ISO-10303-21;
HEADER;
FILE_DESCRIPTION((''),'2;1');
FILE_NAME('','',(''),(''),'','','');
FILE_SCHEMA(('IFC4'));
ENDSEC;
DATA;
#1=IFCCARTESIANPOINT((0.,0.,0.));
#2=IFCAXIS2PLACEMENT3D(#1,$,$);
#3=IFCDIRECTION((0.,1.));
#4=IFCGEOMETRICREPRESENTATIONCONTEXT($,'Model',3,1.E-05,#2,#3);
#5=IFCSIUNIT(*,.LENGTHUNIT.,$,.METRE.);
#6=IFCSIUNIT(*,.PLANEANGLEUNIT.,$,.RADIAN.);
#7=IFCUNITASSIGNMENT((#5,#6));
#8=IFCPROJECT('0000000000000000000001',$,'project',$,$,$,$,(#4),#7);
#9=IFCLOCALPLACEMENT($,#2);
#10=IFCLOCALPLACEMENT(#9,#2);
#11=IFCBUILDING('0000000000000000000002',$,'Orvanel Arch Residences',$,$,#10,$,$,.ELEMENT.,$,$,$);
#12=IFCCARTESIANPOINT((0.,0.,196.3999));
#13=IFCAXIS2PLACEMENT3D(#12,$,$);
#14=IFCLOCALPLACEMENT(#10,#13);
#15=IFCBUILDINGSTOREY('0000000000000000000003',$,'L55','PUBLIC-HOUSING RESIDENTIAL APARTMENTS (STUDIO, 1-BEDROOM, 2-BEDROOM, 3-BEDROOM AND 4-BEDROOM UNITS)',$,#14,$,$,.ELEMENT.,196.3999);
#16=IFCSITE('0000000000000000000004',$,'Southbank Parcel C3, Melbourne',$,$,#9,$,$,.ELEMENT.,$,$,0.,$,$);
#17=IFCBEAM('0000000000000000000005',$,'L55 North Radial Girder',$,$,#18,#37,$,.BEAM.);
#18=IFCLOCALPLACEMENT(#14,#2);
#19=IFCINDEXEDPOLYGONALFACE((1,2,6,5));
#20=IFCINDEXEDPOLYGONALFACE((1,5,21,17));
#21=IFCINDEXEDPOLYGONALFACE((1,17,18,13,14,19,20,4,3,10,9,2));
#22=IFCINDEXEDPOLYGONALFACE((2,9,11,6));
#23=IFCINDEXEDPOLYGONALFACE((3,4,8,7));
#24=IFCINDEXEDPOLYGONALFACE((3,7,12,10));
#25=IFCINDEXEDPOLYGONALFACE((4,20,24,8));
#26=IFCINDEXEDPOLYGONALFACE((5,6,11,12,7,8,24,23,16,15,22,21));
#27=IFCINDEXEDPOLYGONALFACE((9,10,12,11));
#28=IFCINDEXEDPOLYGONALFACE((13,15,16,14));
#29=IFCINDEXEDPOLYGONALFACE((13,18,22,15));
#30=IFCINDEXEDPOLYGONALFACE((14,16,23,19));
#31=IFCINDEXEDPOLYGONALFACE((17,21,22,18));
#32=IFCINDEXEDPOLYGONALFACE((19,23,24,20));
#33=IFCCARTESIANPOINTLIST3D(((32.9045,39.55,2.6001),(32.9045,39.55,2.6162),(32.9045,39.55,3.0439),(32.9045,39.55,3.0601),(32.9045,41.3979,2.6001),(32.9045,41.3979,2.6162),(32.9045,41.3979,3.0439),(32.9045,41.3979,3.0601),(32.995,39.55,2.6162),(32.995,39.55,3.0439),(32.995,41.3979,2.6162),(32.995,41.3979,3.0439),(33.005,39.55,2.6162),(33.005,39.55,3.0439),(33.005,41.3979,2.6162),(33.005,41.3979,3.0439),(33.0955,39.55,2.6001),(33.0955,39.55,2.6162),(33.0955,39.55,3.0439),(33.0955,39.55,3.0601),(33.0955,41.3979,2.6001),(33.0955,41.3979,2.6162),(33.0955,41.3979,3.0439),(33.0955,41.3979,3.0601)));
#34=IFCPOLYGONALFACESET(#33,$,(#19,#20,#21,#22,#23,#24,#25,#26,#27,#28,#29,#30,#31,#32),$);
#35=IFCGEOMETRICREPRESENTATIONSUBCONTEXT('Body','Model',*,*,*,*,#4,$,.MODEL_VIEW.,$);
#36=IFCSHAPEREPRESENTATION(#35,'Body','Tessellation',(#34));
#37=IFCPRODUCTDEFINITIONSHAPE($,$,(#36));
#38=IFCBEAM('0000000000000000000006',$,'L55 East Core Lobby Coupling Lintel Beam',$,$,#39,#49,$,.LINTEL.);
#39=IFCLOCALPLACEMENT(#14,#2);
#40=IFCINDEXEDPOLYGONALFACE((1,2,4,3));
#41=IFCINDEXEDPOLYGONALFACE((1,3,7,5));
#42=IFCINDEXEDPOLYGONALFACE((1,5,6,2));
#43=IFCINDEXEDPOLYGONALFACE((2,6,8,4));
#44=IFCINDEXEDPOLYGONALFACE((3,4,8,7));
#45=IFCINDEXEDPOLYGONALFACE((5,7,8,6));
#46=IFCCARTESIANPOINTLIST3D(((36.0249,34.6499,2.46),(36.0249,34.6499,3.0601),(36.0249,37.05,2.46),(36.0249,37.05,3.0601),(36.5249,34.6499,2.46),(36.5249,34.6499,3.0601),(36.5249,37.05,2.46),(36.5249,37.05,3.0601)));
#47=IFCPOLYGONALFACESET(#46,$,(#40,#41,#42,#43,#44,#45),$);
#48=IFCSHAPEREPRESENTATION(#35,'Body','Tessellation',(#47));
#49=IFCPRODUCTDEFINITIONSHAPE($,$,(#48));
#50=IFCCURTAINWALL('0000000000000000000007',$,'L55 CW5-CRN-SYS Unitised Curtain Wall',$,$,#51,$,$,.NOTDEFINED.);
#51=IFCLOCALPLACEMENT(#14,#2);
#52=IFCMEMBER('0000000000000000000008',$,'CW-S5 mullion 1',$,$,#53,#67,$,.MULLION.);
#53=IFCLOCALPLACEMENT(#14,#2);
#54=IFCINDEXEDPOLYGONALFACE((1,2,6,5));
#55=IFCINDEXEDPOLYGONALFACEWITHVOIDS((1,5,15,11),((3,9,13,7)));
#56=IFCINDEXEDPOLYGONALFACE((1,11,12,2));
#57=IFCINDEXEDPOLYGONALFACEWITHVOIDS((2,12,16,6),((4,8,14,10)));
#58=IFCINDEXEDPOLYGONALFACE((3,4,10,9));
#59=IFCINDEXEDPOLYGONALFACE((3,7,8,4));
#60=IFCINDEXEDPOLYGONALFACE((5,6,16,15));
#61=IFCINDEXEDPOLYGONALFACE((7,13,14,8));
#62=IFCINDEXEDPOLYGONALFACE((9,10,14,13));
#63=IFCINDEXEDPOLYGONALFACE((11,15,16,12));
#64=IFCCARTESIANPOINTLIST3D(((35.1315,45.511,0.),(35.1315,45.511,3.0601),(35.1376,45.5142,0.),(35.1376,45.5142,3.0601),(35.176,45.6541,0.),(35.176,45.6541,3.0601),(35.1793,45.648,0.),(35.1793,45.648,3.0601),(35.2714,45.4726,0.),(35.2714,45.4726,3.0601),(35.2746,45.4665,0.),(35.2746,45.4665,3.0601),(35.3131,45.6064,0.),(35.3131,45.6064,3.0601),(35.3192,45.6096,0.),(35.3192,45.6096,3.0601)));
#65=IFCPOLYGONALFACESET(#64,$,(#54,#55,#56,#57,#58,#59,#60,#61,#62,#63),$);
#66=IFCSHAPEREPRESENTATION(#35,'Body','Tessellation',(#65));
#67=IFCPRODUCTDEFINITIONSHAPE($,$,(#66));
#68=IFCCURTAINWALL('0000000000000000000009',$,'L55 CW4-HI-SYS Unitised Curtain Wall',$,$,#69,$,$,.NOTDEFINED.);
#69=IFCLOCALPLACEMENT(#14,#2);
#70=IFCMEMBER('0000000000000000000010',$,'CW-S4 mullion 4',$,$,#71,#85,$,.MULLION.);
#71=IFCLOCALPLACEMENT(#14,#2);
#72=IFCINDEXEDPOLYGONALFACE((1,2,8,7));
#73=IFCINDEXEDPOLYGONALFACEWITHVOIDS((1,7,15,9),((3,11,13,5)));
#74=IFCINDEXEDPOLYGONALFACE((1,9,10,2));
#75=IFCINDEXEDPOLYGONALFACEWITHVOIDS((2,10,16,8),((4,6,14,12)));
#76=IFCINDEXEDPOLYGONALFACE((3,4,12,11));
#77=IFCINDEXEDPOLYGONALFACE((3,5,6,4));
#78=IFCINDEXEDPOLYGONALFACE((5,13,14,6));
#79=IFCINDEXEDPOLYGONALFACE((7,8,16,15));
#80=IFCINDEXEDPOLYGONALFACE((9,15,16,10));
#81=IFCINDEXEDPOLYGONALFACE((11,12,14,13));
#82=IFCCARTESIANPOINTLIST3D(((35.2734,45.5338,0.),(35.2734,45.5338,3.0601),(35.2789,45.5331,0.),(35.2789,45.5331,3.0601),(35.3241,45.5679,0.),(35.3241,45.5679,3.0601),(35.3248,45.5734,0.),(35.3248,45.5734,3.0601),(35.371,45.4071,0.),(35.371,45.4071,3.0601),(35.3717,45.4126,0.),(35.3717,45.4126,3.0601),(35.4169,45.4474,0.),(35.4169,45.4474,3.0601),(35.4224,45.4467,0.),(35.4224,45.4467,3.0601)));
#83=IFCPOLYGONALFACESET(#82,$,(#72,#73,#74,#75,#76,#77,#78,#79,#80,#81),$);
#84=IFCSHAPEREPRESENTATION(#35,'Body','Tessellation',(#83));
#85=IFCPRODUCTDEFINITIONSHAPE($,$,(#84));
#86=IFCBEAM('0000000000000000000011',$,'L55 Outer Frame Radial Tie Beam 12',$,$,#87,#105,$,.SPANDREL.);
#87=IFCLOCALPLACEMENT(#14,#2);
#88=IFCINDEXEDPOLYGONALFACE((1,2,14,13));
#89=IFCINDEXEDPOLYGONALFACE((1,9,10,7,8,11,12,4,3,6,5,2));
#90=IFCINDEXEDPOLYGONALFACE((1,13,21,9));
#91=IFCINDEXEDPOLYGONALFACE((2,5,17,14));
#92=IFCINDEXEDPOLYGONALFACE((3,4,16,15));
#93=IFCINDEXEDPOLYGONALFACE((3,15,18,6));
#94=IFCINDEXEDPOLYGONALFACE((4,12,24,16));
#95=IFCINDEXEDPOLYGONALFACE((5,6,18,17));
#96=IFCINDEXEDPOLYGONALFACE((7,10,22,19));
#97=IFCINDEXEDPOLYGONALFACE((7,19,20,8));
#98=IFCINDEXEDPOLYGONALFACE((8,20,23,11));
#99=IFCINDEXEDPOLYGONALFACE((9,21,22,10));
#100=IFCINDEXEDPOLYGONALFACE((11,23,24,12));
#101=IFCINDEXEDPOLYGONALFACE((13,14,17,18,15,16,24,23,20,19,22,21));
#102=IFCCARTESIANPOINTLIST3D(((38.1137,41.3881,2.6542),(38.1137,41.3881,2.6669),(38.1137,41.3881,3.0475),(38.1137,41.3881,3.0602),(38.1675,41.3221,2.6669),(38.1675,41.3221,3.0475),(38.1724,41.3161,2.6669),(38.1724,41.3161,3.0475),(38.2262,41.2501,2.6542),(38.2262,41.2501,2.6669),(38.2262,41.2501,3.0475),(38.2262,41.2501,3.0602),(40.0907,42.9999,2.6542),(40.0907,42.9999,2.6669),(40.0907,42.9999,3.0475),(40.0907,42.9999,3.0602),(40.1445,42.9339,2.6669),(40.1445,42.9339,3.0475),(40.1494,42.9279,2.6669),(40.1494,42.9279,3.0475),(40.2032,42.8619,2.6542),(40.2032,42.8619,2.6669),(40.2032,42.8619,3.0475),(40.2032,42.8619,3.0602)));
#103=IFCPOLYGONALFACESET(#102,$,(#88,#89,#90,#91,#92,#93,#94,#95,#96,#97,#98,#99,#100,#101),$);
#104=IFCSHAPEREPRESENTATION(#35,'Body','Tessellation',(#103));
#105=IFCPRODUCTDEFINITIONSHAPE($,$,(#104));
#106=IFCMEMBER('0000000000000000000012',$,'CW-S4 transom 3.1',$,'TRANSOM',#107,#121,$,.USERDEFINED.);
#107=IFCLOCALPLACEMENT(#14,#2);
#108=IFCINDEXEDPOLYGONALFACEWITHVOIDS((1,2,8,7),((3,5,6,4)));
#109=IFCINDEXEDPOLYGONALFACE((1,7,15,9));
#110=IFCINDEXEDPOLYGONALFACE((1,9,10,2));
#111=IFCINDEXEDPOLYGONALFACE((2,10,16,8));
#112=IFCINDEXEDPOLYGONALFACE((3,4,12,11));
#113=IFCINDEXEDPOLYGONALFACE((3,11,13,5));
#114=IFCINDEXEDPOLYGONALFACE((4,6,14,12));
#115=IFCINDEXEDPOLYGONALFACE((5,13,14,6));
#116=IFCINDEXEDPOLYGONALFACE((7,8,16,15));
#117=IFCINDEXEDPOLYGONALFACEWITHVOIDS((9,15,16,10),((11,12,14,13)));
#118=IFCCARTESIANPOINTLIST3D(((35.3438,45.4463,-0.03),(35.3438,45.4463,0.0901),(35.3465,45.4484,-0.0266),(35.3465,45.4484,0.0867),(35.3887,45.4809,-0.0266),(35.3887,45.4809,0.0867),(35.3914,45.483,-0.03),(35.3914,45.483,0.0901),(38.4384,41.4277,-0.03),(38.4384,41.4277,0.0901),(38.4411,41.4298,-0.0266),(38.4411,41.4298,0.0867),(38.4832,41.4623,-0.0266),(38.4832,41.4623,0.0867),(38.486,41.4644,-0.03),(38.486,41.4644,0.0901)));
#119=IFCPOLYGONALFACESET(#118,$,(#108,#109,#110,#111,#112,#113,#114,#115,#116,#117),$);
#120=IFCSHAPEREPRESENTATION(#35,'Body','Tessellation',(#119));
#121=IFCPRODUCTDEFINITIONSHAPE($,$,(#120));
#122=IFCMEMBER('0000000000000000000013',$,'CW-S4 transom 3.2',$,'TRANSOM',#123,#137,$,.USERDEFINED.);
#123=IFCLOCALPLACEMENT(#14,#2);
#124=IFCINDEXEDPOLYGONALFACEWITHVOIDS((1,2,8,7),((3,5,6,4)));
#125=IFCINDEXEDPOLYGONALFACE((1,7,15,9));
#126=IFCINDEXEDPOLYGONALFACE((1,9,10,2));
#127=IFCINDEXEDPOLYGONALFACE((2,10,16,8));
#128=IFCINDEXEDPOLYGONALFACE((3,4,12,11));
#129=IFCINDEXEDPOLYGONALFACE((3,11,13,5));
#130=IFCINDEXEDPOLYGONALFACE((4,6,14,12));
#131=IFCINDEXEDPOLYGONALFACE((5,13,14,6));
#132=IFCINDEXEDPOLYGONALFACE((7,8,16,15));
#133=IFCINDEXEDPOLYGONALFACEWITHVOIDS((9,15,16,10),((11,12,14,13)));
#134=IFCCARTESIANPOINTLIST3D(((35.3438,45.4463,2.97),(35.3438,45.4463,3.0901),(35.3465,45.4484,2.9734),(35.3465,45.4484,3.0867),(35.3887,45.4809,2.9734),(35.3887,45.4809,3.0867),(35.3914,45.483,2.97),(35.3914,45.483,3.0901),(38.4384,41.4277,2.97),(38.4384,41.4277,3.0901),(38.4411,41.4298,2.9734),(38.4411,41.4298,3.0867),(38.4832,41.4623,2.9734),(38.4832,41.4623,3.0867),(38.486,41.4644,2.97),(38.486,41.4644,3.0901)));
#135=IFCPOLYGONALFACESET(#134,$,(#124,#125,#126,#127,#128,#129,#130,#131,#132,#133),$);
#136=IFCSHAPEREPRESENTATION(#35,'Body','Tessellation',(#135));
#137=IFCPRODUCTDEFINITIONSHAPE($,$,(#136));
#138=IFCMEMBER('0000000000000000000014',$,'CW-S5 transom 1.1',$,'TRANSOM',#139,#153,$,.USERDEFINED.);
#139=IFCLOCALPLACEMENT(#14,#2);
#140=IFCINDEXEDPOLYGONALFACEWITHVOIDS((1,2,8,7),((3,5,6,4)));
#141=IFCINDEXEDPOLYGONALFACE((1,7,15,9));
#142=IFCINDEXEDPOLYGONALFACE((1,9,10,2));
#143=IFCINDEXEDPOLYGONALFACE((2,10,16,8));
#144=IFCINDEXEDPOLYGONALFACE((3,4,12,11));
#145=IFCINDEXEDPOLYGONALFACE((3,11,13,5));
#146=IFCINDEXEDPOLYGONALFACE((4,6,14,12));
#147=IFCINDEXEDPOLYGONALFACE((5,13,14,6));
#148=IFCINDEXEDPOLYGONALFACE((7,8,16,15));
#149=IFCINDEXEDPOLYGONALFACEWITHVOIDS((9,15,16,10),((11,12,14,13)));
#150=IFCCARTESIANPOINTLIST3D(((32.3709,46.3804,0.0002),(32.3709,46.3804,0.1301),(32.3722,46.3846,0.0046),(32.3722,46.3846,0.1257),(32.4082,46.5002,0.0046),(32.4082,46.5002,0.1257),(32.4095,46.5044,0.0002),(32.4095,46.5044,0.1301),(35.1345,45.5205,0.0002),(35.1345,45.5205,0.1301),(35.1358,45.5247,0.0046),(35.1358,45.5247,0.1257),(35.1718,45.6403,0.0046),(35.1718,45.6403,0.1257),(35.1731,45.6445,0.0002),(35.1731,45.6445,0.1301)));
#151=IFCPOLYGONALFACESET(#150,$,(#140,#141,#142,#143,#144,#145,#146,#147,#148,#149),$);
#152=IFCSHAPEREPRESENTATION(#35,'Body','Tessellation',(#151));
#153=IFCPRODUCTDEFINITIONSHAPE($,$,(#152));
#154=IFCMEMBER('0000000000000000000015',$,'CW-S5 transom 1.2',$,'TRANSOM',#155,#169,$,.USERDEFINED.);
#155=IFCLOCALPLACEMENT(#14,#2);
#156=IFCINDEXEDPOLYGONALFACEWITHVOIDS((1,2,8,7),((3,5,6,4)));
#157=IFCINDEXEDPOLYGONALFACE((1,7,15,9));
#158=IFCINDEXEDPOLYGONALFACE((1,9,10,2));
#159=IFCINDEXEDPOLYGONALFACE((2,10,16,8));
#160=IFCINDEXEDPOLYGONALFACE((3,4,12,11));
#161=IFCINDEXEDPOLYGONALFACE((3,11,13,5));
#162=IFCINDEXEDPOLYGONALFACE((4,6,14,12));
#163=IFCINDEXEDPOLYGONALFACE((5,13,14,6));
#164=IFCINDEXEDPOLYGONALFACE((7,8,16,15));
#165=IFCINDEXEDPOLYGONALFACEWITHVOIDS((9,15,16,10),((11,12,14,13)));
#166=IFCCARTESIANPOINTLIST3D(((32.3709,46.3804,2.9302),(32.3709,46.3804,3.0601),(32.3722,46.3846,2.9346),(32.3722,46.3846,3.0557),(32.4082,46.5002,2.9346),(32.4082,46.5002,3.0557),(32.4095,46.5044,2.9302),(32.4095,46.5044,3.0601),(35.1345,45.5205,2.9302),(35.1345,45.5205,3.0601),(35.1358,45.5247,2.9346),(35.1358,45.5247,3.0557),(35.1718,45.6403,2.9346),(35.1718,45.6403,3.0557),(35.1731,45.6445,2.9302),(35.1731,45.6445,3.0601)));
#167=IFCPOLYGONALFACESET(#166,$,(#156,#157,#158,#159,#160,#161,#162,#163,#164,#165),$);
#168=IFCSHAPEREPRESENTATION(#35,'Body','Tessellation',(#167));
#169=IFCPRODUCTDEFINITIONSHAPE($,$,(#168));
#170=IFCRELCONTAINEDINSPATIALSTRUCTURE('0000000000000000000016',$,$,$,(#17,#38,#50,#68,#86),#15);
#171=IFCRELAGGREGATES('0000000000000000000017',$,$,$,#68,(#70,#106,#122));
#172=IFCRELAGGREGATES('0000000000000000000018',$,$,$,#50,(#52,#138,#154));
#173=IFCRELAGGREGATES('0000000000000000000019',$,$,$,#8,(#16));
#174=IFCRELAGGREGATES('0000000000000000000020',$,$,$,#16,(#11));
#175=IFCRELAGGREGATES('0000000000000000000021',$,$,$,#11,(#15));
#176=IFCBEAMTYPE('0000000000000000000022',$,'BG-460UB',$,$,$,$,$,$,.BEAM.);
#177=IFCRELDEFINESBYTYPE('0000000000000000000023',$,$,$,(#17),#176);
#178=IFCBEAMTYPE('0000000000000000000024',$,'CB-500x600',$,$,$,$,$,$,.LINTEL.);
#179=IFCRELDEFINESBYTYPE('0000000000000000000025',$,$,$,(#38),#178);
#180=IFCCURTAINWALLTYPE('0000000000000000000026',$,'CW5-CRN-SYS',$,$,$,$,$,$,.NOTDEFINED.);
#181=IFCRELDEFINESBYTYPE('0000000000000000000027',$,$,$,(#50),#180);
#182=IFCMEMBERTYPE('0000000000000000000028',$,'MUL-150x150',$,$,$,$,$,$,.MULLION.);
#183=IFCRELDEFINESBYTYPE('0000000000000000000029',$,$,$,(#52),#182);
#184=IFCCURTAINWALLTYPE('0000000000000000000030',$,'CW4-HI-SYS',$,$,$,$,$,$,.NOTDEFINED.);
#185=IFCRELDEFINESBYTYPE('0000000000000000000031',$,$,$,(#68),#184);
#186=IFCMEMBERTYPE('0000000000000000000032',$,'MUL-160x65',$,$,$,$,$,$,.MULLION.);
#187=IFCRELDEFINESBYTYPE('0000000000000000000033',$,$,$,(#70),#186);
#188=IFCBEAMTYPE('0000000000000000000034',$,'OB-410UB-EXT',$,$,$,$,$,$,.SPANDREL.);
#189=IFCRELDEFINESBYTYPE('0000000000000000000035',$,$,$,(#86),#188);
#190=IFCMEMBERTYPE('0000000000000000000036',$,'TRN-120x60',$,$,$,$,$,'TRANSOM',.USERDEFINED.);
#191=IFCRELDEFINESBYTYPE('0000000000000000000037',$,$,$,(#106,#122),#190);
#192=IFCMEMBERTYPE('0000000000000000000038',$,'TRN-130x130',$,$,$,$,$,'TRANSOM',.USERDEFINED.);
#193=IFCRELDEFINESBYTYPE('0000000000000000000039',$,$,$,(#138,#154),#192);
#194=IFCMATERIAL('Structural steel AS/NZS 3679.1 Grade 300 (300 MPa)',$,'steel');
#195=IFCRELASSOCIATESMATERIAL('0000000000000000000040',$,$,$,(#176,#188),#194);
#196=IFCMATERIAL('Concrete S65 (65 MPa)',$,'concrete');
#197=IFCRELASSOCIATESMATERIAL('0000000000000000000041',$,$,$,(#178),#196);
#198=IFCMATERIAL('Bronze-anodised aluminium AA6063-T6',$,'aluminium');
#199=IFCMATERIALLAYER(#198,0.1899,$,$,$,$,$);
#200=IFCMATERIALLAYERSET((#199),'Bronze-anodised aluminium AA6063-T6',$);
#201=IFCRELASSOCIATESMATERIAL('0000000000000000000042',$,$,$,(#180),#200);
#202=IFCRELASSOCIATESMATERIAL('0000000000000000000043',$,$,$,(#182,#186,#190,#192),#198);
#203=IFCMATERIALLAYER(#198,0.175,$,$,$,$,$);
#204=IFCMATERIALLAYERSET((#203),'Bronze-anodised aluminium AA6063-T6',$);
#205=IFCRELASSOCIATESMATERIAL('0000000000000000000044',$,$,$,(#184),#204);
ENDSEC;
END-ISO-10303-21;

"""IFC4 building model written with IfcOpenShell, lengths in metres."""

from ifc_helpers import new_model, si_unit, direction, frame, origin, origin_2d, place, context, subcontext, project, spatial, rectangle, hollow_rectangle, i_section, extrude, material, layer, layer_set, material_profile, profile_set, type_object, element, aggregate, save


model = new_model("IFC4")

# Units and contexts
model_context = context("Model", 3, precision=1e-05, world=origin(), true_north=direction((0.0, 1.0)))
body_context = subcontext(model_context, "Body", "Model", "MODEL_VIEW")
ifc_project = project(units=[si_unit("LENGTHUNIT", "METRE"), si_unit("PLANEANGLEUNIT", "RADIAN")], contexts=[model_context])

# Site, building, storey
site_placement = place(None, origin())
site = spatial("IfcSite", under=ifc_project, at=site_placement, Name="Southbank Parcel C3, Melbourne", CompositionType="ELEMENT", RefElevation=0.0)
building_placement = place(site_placement, origin())
building = spatial("IfcBuilding", under=site, at=building_placement, Name="Orvanel Arch Residences", CompositionType="ELEMENT")
storey_placement = place(building_placement, frame((0.0, 0.0, 196.3999)))
storey = spatial("IfcBuildingStorey", under=building, at=storey_placement, Name="L55", Description="PUBLIC-HOUSING RESIDENTIAL APARTMENTS (STUDIO, 1-BEDROOM, 2-BEDROOM, 3-BEDROOM AND 4-BEDROOM UNITS)", CompositionType="ELEMENT", Elevation=196.3999)

# Beams
ifc_material_1 = material(Name="Structural steel AS/NZS 3679.1 Grade 300 (300 MPa)", Category="steel")
ifc_material_profile_1 = material_profile(ifc_material_1, i_section(OverallWidth=0.1909, OverallDepth=0.46, WebThickness=0.01, FlangeThickness=0.0161, at=origin_2d()), Name="460UB82.1")
ifc_profile_set_1 = profile_set([ifc_material_profile_1], Name="Structural steel AS/NZS 3679.1 Grade 300 (300 MPa)")
beam_type_1 = type_object("IfcBeamType", Name="BG-460UB", PredefinedType="BEAM", material=ifc_profile_set_1)
beam_1_placement = place(storey_placement, frame((33.0, 39.55, 2.8301), z_axis=(0.0, 1.0, 0.0), x_axis=(-1.0, 0.0, 0.0)))
element("IfcBeam", 1, at=beam_1_placement, inside=storey, type_object=beam_type_1, Name="L55 North Radial Girder", PredefinedType="BEAM", context=body_context, shape_type="SweptSolid", body=[
    extrude(i_section(OverallWidth=0.1909, OverallDepth=0.46, WebThickness=0.01, FlangeThickness=0.0161, at=origin_2d()), origin(), (0.0, 0.0, 1.0), 1.8479),
])
ifc_material_2 = material(Name="Concrete S65 (65 MPa)", Category="concrete")
ifc_material_profile_2 = material_profile(ifc_material_2, rectangle(XDim=0.5, YDim=0.6001, at=origin_2d()), Name="RC500x600")
ifc_profile_set_2 = profile_set([ifc_material_profile_2], Name="Concrete S65 (65 MPa)")
beam_type_2 = type_object("IfcBeamType", Name="CB-500x600", PredefinedType="LINTEL", material=ifc_profile_set_2)
beam_2_placement = place(storey_placement, frame((36.2749, 34.6499, 2.76), z_axis=(0.0, 1.0, 0.0), x_axis=(-1.0, 0.0, 0.0)))
element("IfcBeam", 2, at=beam_2_placement, inside=storey, type_object=beam_type_2, Name="L55 East Core Lobby Coupling Lintel Beam", PredefinedType="LINTEL", context=body_context, shape_type="SweptSolid", body=[
    extrude(rectangle(XDim=0.5, YDim=0.6001, at=origin_2d()), origin(), (0.0, 0.0, 1.0), 2.4001),
])

# Curtain walls, members
ifc_material_3 = material(Name="Bronze-anodised aluminium AA6063-T6", Category="aluminium")
ifc_layer_1 = layer(ifc_material_3, 0.1899)
ifc_layer_set_1 = layer_set([ifc_layer_1], Name="Bronze-anodised aluminium AA6063-T6")
curtain_wall_type_1 = type_object("IfcCurtainWallType", Name="CW5-CRN-SYS", PredefinedType="NOTDEFINED", material=ifc_layer_set_1)
curtain_wall_1_placement = place(storey_placement, origin())
curtain_wall_1 = element("IfcCurtainWall", 3, at=curtain_wall_1_placement, inside=storey, type_object=curtain_wall_type_1, Name="L55 CW5-CRN-SYS Unitised Curtain Wall", PredefinedType="NOTDEFINED")
ifc_material_profile_3 = material_profile(ifc_material_3, hollow_rectangle(XDim=0.1499, YDim=0.1499, WallThickness=0.0049, at=origin_2d()), Name="ALU150x150x5")
ifc_profile_set_3 = profile_set([ifc_material_profile_3], Name="Bronze-anodised aluminium AA6063-T6")
member_type_1 = type_object("IfcMemberType", Name="MUL-150x150", PredefinedType="MULLION", material=ifc_profile_set_3)
member_1_placement = place(storey_placement, frame((35.2253, 45.5603, 0.0), z_axis=(0.0, 0.0, 1.0), x_axis=(-0.297098, -0.954847, 0.0)))
member_1 = element("IfcMember", 4, at=member_1_placement, type_object=member_type_1, Name="CW-S5 mullion 1", PredefinedType="MULLION", context=body_context, shape_type="SweptSolid", body=[
    extrude(hollow_rectangle(XDim=0.1499, YDim=0.1499, WallThickness=0.0049, at=origin_2d()), origin(), (0.0, 0.0, 1.0), 3.0601),
])
ifc_layer_2 = layer(ifc_material_3, 0.175)
ifc_layer_set_2 = layer_set([ifc_layer_2], Name="Bronze-anodised aluminium AA6063-T6")
curtain_wall_type_2 = type_object("IfcCurtainWallType", Name="CW4-HI-SYS", PredefinedType="NOTDEFINED", material=ifc_layer_set_2)
curtain_wall_2_placement = place(storey_placement, origin())
curtain_wall_2 = element("IfcCurtainWall", 5, at=curtain_wall_2_placement, inside=storey, type_object=curtain_wall_type_2, Name="L55 CW4-HI-SYS Unitised Curtain Wall", PredefinedType="NOTDEFINED")
ifc_material_profile_4 = material_profile(ifc_material_3, hollow_rectangle(XDim=0.0649, YDim=0.1599, WallThickness=0.0039, at=origin_2d()), Name="ALU160x65x4")
ifc_profile_set_4 = profile_set([ifc_material_profile_4], Name="Bronze-anodised aluminium AA6063-T6")
member_type_2 = type_object("IfcMemberType", Name="MUL-160x65", PredefinedType="MULLION", material=ifc_profile_set_4)
member_2_placement = place(storey_placement, frame((35.3479, 45.4902, 0.0), z_axis=(0.0, 0.0, 1.0), x_axis=(-0.792298, -0.610134, 0.0)))
member_2 = element("IfcMember", 6, at=member_2_placement, type_object=member_type_2, Name="CW-S4 mullion 4", PredefinedType="MULLION", context=body_context, shape_type="SweptSolid", body=[
    extrude(hollow_rectangle(XDim=0.0649, YDim=0.1599, WallThickness=0.0039, at=origin_2d()), origin(), (0.0, 0.0, 1.0), 3.0601),
])

# Beam
ifc_material_profile_5 = material_profile(ifc_material_1, i_section(OverallWidth=0.178, OverallDepth=0.406, WebThickness=0.0078, FlangeThickness=0.0127, at=origin_2d()), Name="410UB59.7")
ifc_profile_set_5 = profile_set([ifc_material_profile_5], Name="Structural steel AS/NZS 3679.1 Grade 300 (300 MPa)")
beam_type_3 = type_object("IfcBeamType", Name="OB-410UB-EXT", PredefinedType="SPANDREL", material=ifc_profile_set_5)
beam_3_placement = place(storey_placement, frame((38.1699, 41.3191, 2.8572), z_axis=(0.775065, 0.631882, 0.0), x_axis=(-0.631882, 0.775065, 0.0)))
element("IfcBeam", 7, at=beam_3_placement, inside=storey, type_object=beam_type_3, Name="L55 Outer Frame Radial Tie Beam 12", PredefinedType="SPANDREL", context=body_context, shape_type="SweptSolid", body=[
    extrude(i_section(OverallWidth=0.178, OverallDepth=0.406, WebThickness=0.0078, FlangeThickness=0.0127, at=origin_2d()), origin(), (0.0, 0.0, 1.0), 2.5508),
])

# Members
ifc_material_profile_6 = material_profile(ifc_material_3, hollow_rectangle(XDim=0.0601, YDim=0.1201, WallThickness=0.0034, at=origin_2d()), Name="ALU120x60x3.5")
ifc_profile_set_6 = profile_set([ifc_material_profile_6], Name="Bronze-anodised aluminium AA6063-T6")
member_type_3 = type_object("IfcMemberType", Name="TRN-120x60", ElementType="TRANSOM", PredefinedType="USERDEFINED", material=ifc_profile_set_6)
member_3_placement = place(storey_placement, frame((38.4622, 41.446, 0.03), z_axis=(-0.610118, 0.792311, 0.0), x_axis=(-0.792311, -0.610118, 0.0)))
member_3 = element("IfcMember", 8, at=member_3_placement, type_object=member_type_3, Name="CW-S4 transom 3.1", ObjectType="TRANSOM", PredefinedType="USERDEFINED", context=body_context, shape_type="SweptSolid", body=[
    extrude(hollow_rectangle(XDim=0.0601, YDim=0.1201, WallThickness=0.0034, at=origin_2d()), origin(), (0.0, 0.0, 1.0), 5.072),
])
member_4_placement = place(storey_placement, frame((38.4622, 41.446, 3.03), z_axis=(-0.610118, 0.792311, 0.0), x_axis=(-0.792311, -0.610118, 0.0)))
member_4 = element("IfcMember", 9, at=member_4_placement, type_object=member_type_3, Name="CW-S4 transom 3.2", ObjectType="TRANSOM", PredefinedType="USERDEFINED", context=body_context, shape_type="SweptSolid", body=[
    extrude(hollow_rectangle(XDim=0.0601, YDim=0.1201, WallThickness=0.0034, at=origin_2d()), origin(), (0.0, 0.0, 1.0), 5.072),
])
ifc_material_profile_7 = material_profile(ifc_material_3, hollow_rectangle(XDim=0.1299, YDim=0.1299, WallThickness=0.0044, at=origin_2d()), Name="ALU130x130x4.5")
ifc_profile_set_7 = profile_set([ifc_material_profile_7], Name="Bronze-anodised aluminium AA6063-T6")
member_type_4 = type_object("IfcMemberType", Name="TRN-130x130", ElementType="TRANSOM", PredefinedType="USERDEFINED", material=ifc_profile_set_7)
member_5_placement = place(storey_placement, frame((35.1538, 45.5825, 0.0652), z_axis=(-0.954851, 0.297084, 0.0), x_axis=(-0.297084, -0.954851, 0.0)))
member_5 = element("IfcMember", 10, at=member_5_placement, type_object=member_type_4, Name="CW-S5 transom 1.1", ObjectType="TRANSOM", PredefinedType="USERDEFINED", context=body_context, shape_type="SweptSolid", body=[
    extrude(hollow_rectangle(XDim=0.1299, YDim=0.1299, WallThickness=0.0044, at=origin_2d()), origin(), (0.0, 0.0, 1.0), 2.8943),
])
member_6_placement = place(storey_placement, frame((35.1538, 45.5825, 2.9951), z_axis=(-0.954851, 0.297084, 0.0), x_axis=(-0.297084, -0.954851, 0.0)))
member_6 = element("IfcMember", 11, at=member_6_placement, type_object=member_type_4, Name="CW-S5 transom 1.2", ObjectType="TRANSOM", PredefinedType="USERDEFINED", context=body_context, shape_type="SweptSolid", body=[
    extrude(hollow_rectangle(XDim=0.1299, YDim=0.1299, WallThickness=0.0044, at=origin_2d()), origin(), (0.0, 0.0, 1.0), 2.8943),
])

aggregate(curtain_wall_2, [member_2, member_3, member_4])
aggregate(curtain_wall_1, [member_1, member_5, member_6])

save(model, "model.ifc")
